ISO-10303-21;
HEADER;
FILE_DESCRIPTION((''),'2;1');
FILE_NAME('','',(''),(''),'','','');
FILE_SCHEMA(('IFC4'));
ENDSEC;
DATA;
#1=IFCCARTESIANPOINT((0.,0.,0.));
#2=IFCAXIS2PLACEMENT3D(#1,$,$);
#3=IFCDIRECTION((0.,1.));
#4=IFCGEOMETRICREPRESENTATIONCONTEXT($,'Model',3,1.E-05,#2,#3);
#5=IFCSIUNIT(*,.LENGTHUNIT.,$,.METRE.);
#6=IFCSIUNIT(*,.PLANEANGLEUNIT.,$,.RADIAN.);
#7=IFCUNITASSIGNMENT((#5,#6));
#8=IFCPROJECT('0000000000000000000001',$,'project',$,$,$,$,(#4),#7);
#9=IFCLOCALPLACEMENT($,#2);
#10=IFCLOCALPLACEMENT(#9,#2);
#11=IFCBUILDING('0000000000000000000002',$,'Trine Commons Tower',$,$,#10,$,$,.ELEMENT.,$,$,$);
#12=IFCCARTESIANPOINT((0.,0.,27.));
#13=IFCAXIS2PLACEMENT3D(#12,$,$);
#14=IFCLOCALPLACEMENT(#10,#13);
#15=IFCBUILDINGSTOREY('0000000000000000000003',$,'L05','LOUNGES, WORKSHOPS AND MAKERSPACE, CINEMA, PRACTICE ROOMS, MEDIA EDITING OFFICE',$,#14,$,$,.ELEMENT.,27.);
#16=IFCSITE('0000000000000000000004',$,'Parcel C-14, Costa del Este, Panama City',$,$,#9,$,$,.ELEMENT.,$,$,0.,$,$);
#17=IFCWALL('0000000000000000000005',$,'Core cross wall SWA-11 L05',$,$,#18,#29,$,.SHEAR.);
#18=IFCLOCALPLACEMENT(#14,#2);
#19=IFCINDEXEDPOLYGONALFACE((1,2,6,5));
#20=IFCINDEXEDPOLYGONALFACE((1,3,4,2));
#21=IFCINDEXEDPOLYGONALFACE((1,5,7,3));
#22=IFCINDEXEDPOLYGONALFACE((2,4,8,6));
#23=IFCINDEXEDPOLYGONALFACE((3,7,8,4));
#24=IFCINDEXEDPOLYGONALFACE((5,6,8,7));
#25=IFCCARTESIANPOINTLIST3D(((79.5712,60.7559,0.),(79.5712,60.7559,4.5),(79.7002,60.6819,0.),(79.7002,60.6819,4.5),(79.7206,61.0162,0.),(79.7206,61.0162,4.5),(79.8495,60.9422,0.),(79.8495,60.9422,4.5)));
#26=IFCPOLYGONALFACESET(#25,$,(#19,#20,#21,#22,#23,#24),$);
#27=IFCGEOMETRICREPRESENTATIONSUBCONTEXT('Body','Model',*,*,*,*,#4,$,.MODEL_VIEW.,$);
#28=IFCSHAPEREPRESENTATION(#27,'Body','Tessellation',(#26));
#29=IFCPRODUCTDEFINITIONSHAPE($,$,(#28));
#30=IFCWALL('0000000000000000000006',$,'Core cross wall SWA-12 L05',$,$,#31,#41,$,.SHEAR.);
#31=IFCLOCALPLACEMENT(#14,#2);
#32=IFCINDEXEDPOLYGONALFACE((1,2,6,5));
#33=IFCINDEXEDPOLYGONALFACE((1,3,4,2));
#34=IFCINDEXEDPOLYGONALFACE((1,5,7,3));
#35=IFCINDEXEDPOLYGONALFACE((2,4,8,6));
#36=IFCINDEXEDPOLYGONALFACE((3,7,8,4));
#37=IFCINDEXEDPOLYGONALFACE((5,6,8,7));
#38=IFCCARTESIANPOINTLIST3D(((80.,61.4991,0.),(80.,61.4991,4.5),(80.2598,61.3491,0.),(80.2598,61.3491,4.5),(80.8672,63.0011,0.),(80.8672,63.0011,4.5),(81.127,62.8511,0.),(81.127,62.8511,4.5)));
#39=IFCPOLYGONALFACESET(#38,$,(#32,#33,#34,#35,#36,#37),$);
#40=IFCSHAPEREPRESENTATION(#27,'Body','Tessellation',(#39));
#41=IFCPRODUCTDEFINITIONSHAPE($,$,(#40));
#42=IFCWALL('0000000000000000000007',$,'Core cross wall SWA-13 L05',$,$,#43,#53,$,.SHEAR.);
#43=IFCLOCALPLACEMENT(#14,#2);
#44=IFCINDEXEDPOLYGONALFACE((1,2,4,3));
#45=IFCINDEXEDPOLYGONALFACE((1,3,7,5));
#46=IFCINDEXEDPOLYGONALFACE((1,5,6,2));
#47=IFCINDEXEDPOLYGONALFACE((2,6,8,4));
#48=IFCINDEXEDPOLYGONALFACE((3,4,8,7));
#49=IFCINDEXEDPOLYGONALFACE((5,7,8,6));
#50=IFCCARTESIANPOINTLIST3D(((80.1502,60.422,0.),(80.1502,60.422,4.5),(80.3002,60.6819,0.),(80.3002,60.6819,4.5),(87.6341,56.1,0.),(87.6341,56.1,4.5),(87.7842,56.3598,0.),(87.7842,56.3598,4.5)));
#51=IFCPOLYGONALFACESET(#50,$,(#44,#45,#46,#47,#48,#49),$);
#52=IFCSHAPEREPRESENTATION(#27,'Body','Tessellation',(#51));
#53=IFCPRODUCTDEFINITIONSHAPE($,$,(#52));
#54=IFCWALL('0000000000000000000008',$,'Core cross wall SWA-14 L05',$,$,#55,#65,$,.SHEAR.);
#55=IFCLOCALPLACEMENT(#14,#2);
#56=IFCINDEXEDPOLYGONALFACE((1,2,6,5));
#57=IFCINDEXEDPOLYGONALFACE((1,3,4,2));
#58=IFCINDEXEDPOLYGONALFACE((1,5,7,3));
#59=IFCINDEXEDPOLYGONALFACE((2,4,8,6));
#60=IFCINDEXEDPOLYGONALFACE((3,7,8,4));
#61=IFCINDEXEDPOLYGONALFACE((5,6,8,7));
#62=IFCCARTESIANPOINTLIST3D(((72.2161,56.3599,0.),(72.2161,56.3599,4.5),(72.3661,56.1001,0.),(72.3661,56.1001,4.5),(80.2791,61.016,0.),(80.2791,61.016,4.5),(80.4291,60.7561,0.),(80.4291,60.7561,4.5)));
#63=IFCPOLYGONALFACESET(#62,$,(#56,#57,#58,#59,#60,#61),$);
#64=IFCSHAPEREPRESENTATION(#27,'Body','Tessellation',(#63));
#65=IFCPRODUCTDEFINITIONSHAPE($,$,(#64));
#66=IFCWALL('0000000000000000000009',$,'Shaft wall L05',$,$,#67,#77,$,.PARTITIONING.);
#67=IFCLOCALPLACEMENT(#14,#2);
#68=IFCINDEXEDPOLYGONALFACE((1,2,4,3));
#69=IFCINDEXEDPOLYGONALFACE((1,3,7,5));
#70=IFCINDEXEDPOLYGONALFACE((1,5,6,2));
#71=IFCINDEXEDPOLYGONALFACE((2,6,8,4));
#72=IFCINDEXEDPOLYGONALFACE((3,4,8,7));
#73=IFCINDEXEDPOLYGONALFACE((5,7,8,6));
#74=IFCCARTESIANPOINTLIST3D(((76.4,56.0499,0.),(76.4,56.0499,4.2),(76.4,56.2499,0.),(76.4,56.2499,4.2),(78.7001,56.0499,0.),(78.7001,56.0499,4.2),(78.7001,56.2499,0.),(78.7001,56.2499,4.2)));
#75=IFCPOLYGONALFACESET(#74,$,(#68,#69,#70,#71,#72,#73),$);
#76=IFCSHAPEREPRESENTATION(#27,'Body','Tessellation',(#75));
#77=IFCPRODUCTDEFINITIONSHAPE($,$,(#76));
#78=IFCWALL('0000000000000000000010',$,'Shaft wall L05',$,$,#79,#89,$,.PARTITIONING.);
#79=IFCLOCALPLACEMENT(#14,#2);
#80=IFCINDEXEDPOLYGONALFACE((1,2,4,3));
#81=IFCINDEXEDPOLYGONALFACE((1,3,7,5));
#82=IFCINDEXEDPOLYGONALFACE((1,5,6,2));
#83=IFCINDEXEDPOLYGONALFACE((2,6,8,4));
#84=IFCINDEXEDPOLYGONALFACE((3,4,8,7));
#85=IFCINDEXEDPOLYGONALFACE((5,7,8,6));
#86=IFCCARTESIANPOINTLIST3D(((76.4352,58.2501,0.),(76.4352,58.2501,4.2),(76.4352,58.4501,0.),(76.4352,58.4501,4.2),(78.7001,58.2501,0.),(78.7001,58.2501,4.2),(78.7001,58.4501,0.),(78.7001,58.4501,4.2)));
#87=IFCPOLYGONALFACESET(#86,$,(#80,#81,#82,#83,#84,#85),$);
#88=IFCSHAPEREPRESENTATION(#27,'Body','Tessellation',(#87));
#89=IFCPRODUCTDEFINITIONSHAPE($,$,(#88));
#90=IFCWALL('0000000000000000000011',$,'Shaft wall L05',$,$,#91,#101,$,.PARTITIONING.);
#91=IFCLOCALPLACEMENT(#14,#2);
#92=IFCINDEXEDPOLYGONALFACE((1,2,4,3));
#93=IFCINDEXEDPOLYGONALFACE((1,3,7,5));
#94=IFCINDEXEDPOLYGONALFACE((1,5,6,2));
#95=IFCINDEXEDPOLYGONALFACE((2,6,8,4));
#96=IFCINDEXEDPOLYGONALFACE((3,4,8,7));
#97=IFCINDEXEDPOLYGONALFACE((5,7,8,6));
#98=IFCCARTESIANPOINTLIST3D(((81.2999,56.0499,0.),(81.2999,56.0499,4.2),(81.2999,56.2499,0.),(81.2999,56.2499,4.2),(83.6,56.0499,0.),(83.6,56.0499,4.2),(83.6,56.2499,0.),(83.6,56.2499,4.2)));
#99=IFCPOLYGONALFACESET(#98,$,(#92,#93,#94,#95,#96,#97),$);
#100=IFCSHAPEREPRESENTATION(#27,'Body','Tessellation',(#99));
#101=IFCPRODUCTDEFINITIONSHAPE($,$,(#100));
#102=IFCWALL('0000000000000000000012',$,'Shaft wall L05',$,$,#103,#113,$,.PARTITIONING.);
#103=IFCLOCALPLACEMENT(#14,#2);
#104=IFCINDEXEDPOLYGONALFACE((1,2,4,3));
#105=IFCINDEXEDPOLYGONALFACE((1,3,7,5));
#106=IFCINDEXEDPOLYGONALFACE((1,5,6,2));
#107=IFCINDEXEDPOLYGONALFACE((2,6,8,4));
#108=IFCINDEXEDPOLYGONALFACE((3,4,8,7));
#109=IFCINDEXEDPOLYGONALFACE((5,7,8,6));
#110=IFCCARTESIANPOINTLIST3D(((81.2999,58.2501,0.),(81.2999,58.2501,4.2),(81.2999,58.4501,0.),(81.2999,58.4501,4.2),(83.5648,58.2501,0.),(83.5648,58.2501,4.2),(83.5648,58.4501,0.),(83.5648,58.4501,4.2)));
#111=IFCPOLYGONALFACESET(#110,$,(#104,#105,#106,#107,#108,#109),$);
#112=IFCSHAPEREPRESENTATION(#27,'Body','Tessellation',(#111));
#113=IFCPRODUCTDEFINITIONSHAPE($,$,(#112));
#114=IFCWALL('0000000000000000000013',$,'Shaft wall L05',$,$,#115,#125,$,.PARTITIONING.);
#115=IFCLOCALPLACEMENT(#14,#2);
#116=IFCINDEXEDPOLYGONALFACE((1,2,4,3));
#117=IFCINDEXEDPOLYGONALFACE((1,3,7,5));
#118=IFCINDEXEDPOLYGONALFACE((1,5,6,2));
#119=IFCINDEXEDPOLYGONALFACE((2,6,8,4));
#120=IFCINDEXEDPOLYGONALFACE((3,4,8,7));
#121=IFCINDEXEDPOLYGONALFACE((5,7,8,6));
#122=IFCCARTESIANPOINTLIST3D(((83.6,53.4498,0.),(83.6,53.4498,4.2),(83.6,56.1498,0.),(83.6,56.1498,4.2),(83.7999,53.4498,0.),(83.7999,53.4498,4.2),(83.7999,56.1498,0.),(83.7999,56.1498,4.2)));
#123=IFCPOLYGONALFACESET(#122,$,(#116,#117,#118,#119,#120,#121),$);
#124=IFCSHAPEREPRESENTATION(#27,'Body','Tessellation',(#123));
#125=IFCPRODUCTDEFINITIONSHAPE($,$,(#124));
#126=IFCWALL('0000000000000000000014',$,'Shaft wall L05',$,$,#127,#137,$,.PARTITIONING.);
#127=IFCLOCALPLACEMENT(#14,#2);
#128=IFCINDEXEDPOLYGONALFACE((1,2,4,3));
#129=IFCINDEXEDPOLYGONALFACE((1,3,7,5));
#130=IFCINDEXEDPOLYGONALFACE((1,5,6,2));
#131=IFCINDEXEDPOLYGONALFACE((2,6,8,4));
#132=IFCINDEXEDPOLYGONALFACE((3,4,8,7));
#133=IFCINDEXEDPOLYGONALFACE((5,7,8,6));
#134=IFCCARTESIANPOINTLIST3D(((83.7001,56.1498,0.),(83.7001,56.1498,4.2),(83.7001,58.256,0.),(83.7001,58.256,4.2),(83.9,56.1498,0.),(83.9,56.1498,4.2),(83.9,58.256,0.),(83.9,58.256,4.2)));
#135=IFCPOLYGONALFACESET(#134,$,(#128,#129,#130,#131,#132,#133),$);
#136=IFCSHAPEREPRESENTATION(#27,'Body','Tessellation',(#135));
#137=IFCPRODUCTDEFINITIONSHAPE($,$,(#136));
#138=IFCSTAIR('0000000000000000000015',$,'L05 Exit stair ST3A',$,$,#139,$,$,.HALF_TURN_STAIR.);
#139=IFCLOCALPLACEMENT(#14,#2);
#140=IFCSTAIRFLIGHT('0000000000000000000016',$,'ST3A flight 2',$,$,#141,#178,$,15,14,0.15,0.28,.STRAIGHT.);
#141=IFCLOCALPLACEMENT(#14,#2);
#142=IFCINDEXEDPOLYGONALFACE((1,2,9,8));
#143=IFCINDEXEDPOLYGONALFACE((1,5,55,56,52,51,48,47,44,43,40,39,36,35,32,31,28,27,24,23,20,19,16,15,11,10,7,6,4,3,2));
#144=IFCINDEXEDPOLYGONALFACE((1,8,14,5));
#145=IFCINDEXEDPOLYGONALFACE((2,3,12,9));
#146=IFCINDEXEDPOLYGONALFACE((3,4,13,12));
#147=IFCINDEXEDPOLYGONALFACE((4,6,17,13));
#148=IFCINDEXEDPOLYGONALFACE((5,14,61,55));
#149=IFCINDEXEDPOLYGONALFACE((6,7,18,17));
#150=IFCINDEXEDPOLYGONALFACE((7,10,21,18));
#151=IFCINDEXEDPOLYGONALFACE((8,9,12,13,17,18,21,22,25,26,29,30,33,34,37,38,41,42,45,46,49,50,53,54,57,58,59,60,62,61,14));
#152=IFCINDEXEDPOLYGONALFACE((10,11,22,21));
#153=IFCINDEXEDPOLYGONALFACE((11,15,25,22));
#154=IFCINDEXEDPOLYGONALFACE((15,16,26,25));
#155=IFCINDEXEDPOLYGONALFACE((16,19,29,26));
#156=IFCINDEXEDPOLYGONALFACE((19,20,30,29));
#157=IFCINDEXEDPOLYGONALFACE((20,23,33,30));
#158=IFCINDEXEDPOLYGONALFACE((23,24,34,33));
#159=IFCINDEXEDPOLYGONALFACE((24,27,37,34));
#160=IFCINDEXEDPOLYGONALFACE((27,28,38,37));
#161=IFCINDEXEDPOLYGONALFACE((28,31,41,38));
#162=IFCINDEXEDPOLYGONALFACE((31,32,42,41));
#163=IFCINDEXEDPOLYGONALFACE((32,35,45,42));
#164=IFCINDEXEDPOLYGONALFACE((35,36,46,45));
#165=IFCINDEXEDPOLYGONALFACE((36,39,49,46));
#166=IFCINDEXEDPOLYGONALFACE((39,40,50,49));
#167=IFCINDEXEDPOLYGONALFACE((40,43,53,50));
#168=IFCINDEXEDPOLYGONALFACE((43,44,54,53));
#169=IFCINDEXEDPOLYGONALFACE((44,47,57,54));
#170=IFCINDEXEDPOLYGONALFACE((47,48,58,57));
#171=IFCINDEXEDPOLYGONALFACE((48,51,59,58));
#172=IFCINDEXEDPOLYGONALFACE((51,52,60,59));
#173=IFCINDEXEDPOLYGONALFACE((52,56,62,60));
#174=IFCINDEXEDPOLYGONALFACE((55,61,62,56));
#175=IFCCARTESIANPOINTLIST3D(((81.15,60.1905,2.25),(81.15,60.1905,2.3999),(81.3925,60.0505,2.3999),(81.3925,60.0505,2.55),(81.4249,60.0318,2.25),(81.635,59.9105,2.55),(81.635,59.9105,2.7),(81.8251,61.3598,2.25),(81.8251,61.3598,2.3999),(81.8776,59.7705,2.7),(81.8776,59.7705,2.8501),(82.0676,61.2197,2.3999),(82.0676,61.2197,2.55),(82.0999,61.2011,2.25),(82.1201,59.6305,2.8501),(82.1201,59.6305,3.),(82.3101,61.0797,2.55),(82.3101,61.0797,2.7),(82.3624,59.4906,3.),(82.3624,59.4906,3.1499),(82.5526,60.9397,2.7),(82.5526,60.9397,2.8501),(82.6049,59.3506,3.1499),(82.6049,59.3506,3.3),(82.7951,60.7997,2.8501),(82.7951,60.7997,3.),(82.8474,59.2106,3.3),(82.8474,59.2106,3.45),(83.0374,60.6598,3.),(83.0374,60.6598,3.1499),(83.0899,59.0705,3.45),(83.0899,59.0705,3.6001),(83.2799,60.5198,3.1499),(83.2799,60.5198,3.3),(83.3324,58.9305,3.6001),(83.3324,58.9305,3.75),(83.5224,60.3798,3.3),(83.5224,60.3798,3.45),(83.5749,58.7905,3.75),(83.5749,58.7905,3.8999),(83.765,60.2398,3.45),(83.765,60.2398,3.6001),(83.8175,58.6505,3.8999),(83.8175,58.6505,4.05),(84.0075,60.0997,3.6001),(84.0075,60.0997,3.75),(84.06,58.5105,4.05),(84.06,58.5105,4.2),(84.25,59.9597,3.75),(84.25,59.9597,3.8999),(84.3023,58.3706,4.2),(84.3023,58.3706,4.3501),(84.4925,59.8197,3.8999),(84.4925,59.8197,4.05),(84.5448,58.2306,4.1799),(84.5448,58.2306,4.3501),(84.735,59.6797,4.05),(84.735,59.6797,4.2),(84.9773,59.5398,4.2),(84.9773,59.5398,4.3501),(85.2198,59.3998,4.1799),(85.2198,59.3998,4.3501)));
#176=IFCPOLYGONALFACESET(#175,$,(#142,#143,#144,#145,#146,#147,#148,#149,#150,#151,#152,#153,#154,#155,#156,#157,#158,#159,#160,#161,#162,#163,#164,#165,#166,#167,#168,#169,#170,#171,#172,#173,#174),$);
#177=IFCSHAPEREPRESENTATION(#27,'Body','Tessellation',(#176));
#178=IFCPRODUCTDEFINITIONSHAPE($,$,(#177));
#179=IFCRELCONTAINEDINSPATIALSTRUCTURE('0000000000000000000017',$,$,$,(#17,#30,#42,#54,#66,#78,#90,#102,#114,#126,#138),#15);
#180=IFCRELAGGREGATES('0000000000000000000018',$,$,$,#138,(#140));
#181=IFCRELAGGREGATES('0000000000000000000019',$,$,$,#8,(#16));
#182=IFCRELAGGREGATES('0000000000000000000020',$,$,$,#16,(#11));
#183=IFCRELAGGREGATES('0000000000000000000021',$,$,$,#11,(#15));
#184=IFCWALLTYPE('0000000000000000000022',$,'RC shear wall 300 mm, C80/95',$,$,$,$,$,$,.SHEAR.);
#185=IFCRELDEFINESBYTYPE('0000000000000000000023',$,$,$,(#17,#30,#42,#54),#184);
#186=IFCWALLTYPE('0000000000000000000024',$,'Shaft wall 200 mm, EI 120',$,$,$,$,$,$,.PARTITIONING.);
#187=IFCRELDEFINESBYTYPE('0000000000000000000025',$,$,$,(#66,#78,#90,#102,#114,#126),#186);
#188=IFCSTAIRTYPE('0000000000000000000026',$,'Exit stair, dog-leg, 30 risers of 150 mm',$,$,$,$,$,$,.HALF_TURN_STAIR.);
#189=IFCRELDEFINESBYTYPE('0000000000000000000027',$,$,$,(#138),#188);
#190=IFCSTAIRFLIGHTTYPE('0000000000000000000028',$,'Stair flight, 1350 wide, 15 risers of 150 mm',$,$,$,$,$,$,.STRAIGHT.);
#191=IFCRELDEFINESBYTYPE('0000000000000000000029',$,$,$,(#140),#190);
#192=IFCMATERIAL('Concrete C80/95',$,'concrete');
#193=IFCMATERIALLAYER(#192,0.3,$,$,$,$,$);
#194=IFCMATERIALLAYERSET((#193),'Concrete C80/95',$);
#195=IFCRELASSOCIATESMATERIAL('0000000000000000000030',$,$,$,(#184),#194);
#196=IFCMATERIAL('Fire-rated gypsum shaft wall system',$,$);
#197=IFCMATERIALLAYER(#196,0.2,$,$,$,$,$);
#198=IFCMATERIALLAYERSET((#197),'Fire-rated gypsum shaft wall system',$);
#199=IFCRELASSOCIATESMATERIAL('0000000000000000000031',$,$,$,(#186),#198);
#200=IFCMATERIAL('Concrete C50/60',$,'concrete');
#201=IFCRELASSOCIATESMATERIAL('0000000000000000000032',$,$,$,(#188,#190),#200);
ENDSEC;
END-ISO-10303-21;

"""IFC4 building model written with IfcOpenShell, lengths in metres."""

from ifc_helpers import new_model, si_unit, direction, frame, frame_2d, origin, place, context, subcontext, project, spatial, polyline, rectangle, outline, extrude, material, layer, layer_set, type_object, element, aggregate, save


model = new_model("IFC4")

# Units and contexts
model_context = context("Model", 3, precision=1e-05, world=origin(), true_north=direction((0.0, 1.0)))
body_context = subcontext(model_context, "Body", "Model", "MODEL_VIEW")
ifc_project = project(units=[si_unit("LENGTHUNIT", "METRE"), si_unit("PLANEANGLEUNIT", "RADIAN")], contexts=[model_context])

# Site, building, storey
site_placement = place(None, origin())
site = spatial("IfcSite", under=ifc_project, at=site_placement, Name="Parcel C-14, Costa del Este, Panama City", CompositionType="ELEMENT", RefElevation=0.0)
building_placement = place(site_placement, origin())
building = spatial("IfcBuilding", under=site, at=building_placement, Name="Trine Commons Tower", CompositionType="ELEMENT")
storey_placement = place(building_placement, frame((0.0, 0.0, 27.0)))
storey = spatial("IfcBuildingStorey", under=building, at=storey_placement, Name="L05", Description="LOUNGES, WORKSHOPS AND MAKERSPACE, CINEMA, PRACTICE ROOMS, MEDIA EDITING OFFICE", CompositionType="ELEMENT", Elevation=27.0)

# Shared definitions
ifc_material_1 = material(Name="Fire-rated gypsum shaft wall system")

# Shared definitions
ifc_material_2 = material(Name="Concrete C80/95", Category="concrete")
ifc_layer_1 = layer(ifc_material_2, 0.3)
ifc_layer_set_1 = layer_set([ifc_layer_1], Name="Concrete C80/95")
wall_type_1 = type_object("IfcWallType", Name="RC shear wall 300 mm, C80/95", PredefinedType="SHEAR", material=ifc_layer_set_1)

# Walls
wall_1_placement = place(storey_placement, frame((79.646, 60.886, 0.0), z_axis=(0.0, 0.0, 1.0), x_axis=(0.867332, -0.49773, 0.0)))
element("IfcWall", 1, at=wall_1_placement, inside=storey, type_object=wall_type_1, Name="Core cross wall SWA-11 L05", PredefinedType="SHEAR", context=body_context, shape_type="SweptSolid", body=[
    extrude(rectangle(XDim=0.1487, YDim=0.3, at=frame_2d((0.0742, 0.0))), origin(), (0.0, 0.0, 1.0), 4.5),
])
wall_2_placement = place(storey_placement, frame((80.1299, 61.4241, 0.0), z_axis=(0.0, 0.0, 1.0), x_axis=(0.500015, 0.866017, 0.0)))
element("IfcWall", 2, at=wall_2_placement, inside=storey, type_object=wall_type_1, Name="Core cross wall SWA-12 L05", PredefinedType="SHEAR", context=body_context, shape_type="SweptSolid", body=[
    extrude(rectangle(XDim=1.7344, YDim=0.3, at=frame_2d((0.8672, 0.0))), origin(), (0.0, 0.0, 1.0), 4.5),
])
wall_3_placement = place(storey_placement, frame((80.2251, 60.552, 0.0), z_axis=(0.0, 0.0, 1.0), x_axis=(0.865965, -0.500104, 0.0)))
element("IfcWall", 3, at=wall_3_placement, inside=storey, type_object=wall_type_1, Name="Core cross wall SWA-13 L05", PredefinedType="SHEAR", context=body_context, shape_type="SweptSolid", body=[
    extrude(rectangle(XDim=8.6423, YDim=0.3, at=frame_2d((4.3213, 0.0))), origin(), (0.0, 0.0, 1.0), 4.5),
])
wall_4_placement = place(storey_placement, frame((80.354, 60.886, 0.0), z_axis=(0.0, 0.0, 1.0), x_axis=(-0.865986, -0.500067, 0.0)))
element("IfcWall", 4, at=wall_4_placement, inside=storey, type_object=wall_type_1, Name="Core cross wall SWA-14 L05", PredefinedType="SHEAR", context=body_context, shape_type="SweptSolid", body=[
    extrude(rectangle(XDim=9.3108, YDim=0.3, at=frame_2d((4.6553, 0.0))), origin(), (0.0, 0.0, 1.0), 4.5),
])
ifc_layer_2 = layer(ifc_material_1, 0.2)
ifc_layer_set_2 = layer_set([ifc_layer_2], Name="Fire-rated gypsum shaft wall system")
wall_type_2 = type_object("IfcWallType", Name="Shaft wall 200 mm, EI 120", PredefinedType="PARTITIONING", material=ifc_layer_set_2)
wall_5_placement = place(storey_placement, frame((78.7, 56.1499, 0.0), z_axis=(0.0, 0.0, 1.0), x_axis=(-1.0, 0.0, 0.0)))
element("IfcWall", 5, at=wall_5_placement, inside=storey, type_object=wall_type_2, Name="Shaft wall L05", PredefinedType="PARTITIONING", context=body_context, shape_type="SweptSolid", body=[
    extrude(rectangle(XDim=2.3, YDim=0.2, at=frame_2d((1.1499, 0.0))), origin(), (0.0, 0.0, 1.0), 4.2),
])
wall_6_placement = place(storey_placement, frame((78.7, 58.3501, 0.0), z_axis=(0.0, 0.0, 1.0), x_axis=(-1.0, 0.0, 0.0)))
element("IfcWall", 6, at=wall_6_placement, inside=storey, type_object=wall_type_2, Name="Shaft wall L05", PredefinedType="PARTITIONING", context=body_context, shape_type="SweptSolid", body=[
    extrude(rectangle(XDim=2.2649, YDim=0.2, at=frame_2d((1.1323, 0.0))), origin(), (0.0, 0.0, 1.0), 4.2),
])
wall_7_placement = place(storey_placement, frame((81.3, 56.1499, 0.0), z_axis=(0.0, 0.0, 1.0), x_axis=(1.0, 0.0, 0.0)))
element("IfcWall", 7, at=wall_7_placement, inside=storey, type_object=wall_type_2, Name="Shaft wall L05", PredefinedType="PARTITIONING", context=body_context, shape_type="SweptSolid", body=[
    extrude(rectangle(XDim=2.3, YDim=0.2, at=frame_2d((1.1499, 0.0))), origin(), (0.0, 0.0, 1.0), 4.2),
])
wall_8_placement = place(storey_placement, frame((81.3, 58.3501, 0.0), z_axis=(0.0, 0.0, 1.0), x_axis=(1.0, 0.0, 0.0)))
element("IfcWall", 8, at=wall_8_placement, inside=storey, type_object=wall_type_2, Name="Shaft wall L05", PredefinedType="PARTITIONING", context=body_context, shape_type="SweptSolid", body=[
    extrude(rectangle(XDim=2.2649, YDim=0.2, at=frame_2d((1.1323, 0.0))), origin(), (0.0, 0.0, 1.0), 4.2),
])
wall_9_placement = place(storey_placement, frame((83.7, 56.1499, 0.0), z_axis=(0.0, 0.0, 1.0), x_axis=(0.0, -1.0, 0.0)))
element("IfcWall", 9, at=wall_9_placement, inside=storey, type_object=wall_type_2, Name="Shaft wall L05", PredefinedType="PARTITIONING", context=body_context, shape_type="SweptSolid", body=[
    extrude(rectangle(XDim=2.7, YDim=0.2, at=frame_2d((1.3501, 0.0))), origin(), (0.0, 0.0, 1.0), 4.2),
])
wall_10_placement = place(storey_placement, frame((83.8, 58.2561, 0.0), z_axis=(0.0, 0.0, 1.0), x_axis=(0.0, -1.0, 0.0)))
element("IfcWall", 10, at=wall_10_placement, inside=storey, type_object=wall_type_2, Name="Shaft wall L05", PredefinedType="PARTITIONING", context=body_context, shape_type="SweptSolid", body=[
    extrude(rectangle(XDim=2.1062, YDim=0.2, at=frame_2d((1.0532, 0.0))), origin(), (0.0, 0.0, 1.0), 4.2),
])

# Stair, stair flight
ifc_material_3 = material(Name="Concrete C50/60", Category="concrete")
stair_type = type_object("IfcStairType", Name="Exit stair, dog-leg, 30 risers of 150 mm", PredefinedType="HALF_TURN_STAIR", material=ifc_material_3)
stair_placement = place(storey_placement, origin())
stair = element("IfcStair", 11, at=stair_placement, inside=storey, type_object=stair_type, Name="L05 Exit stair ST3A", PredefinedType="HALF_TURN_STAIR")
stair_flight_type = type_object("IfcStairFlightType", Name="Stair flight, 1350 wide, 15 risers of 150 mm", PredefinedType="STRAIGHT", material=ifc_material_3)
stair_flight_placement = place(storey_placement, frame((81.4875, 60.7751, 2.25), z_axis=(0.0, 0.0, 1.0), x_axis=(0.866025, -0.5, 0.0)))
stair_flight = element("IfcStairFlight", 12, at=stair_flight_placement, type_object=stair_flight_type, Name="ST3A flight 2", NumberOfRisers=15, NumberOfTreads=14, PredefinedType="STRAIGHT", RiserHeight=0.15, TreadLength=0.28, context=body_context, shape_type="SweptSolid", body=[
    extrude(outline(polyline([(0.0, 0.0), (0.0, 0.1499), (0.28, 0.1499), (0.28, 0.3), (0.5601, 0.3), (0.5601, 0.45), (0.8401, 0.45), (0.8401, 0.6001), (1.1201, 0.6001), (1.1201, 0.75), (1.3999, 0.75), (1.3999, 0.8999), (1.6799, 0.8999), (1.6799, 1.05), (1.96, 1.05), (1.96, 1.2), (2.24, 1.2), (2.24, 1.3501), (2.52, 1.3501), (2.52, 1.5), (2.8, 1.5), (2.8, 1.6499), (3.0801, 1.6499), (3.0801, 1.8), (3.3601, 1.8), (3.3601, 1.95), (3.6399, 1.95), (3.6399, 2.1001), (3.9199, 2.1001), (3.9199, 2.25), (3.9199, 1.9299), (0.3174, 0.0), (0.0, 0.0)])), frame((0.0, 0.675, 0.0), z_axis=(0.0, -1.0, 0.0), x_axis=(1.0, 0.0, 0.0)), (0.0, 0.0, 1.0), 1.3501),
])
aggregate(stair, [stair_flight])

save(model, "model.ifc")
